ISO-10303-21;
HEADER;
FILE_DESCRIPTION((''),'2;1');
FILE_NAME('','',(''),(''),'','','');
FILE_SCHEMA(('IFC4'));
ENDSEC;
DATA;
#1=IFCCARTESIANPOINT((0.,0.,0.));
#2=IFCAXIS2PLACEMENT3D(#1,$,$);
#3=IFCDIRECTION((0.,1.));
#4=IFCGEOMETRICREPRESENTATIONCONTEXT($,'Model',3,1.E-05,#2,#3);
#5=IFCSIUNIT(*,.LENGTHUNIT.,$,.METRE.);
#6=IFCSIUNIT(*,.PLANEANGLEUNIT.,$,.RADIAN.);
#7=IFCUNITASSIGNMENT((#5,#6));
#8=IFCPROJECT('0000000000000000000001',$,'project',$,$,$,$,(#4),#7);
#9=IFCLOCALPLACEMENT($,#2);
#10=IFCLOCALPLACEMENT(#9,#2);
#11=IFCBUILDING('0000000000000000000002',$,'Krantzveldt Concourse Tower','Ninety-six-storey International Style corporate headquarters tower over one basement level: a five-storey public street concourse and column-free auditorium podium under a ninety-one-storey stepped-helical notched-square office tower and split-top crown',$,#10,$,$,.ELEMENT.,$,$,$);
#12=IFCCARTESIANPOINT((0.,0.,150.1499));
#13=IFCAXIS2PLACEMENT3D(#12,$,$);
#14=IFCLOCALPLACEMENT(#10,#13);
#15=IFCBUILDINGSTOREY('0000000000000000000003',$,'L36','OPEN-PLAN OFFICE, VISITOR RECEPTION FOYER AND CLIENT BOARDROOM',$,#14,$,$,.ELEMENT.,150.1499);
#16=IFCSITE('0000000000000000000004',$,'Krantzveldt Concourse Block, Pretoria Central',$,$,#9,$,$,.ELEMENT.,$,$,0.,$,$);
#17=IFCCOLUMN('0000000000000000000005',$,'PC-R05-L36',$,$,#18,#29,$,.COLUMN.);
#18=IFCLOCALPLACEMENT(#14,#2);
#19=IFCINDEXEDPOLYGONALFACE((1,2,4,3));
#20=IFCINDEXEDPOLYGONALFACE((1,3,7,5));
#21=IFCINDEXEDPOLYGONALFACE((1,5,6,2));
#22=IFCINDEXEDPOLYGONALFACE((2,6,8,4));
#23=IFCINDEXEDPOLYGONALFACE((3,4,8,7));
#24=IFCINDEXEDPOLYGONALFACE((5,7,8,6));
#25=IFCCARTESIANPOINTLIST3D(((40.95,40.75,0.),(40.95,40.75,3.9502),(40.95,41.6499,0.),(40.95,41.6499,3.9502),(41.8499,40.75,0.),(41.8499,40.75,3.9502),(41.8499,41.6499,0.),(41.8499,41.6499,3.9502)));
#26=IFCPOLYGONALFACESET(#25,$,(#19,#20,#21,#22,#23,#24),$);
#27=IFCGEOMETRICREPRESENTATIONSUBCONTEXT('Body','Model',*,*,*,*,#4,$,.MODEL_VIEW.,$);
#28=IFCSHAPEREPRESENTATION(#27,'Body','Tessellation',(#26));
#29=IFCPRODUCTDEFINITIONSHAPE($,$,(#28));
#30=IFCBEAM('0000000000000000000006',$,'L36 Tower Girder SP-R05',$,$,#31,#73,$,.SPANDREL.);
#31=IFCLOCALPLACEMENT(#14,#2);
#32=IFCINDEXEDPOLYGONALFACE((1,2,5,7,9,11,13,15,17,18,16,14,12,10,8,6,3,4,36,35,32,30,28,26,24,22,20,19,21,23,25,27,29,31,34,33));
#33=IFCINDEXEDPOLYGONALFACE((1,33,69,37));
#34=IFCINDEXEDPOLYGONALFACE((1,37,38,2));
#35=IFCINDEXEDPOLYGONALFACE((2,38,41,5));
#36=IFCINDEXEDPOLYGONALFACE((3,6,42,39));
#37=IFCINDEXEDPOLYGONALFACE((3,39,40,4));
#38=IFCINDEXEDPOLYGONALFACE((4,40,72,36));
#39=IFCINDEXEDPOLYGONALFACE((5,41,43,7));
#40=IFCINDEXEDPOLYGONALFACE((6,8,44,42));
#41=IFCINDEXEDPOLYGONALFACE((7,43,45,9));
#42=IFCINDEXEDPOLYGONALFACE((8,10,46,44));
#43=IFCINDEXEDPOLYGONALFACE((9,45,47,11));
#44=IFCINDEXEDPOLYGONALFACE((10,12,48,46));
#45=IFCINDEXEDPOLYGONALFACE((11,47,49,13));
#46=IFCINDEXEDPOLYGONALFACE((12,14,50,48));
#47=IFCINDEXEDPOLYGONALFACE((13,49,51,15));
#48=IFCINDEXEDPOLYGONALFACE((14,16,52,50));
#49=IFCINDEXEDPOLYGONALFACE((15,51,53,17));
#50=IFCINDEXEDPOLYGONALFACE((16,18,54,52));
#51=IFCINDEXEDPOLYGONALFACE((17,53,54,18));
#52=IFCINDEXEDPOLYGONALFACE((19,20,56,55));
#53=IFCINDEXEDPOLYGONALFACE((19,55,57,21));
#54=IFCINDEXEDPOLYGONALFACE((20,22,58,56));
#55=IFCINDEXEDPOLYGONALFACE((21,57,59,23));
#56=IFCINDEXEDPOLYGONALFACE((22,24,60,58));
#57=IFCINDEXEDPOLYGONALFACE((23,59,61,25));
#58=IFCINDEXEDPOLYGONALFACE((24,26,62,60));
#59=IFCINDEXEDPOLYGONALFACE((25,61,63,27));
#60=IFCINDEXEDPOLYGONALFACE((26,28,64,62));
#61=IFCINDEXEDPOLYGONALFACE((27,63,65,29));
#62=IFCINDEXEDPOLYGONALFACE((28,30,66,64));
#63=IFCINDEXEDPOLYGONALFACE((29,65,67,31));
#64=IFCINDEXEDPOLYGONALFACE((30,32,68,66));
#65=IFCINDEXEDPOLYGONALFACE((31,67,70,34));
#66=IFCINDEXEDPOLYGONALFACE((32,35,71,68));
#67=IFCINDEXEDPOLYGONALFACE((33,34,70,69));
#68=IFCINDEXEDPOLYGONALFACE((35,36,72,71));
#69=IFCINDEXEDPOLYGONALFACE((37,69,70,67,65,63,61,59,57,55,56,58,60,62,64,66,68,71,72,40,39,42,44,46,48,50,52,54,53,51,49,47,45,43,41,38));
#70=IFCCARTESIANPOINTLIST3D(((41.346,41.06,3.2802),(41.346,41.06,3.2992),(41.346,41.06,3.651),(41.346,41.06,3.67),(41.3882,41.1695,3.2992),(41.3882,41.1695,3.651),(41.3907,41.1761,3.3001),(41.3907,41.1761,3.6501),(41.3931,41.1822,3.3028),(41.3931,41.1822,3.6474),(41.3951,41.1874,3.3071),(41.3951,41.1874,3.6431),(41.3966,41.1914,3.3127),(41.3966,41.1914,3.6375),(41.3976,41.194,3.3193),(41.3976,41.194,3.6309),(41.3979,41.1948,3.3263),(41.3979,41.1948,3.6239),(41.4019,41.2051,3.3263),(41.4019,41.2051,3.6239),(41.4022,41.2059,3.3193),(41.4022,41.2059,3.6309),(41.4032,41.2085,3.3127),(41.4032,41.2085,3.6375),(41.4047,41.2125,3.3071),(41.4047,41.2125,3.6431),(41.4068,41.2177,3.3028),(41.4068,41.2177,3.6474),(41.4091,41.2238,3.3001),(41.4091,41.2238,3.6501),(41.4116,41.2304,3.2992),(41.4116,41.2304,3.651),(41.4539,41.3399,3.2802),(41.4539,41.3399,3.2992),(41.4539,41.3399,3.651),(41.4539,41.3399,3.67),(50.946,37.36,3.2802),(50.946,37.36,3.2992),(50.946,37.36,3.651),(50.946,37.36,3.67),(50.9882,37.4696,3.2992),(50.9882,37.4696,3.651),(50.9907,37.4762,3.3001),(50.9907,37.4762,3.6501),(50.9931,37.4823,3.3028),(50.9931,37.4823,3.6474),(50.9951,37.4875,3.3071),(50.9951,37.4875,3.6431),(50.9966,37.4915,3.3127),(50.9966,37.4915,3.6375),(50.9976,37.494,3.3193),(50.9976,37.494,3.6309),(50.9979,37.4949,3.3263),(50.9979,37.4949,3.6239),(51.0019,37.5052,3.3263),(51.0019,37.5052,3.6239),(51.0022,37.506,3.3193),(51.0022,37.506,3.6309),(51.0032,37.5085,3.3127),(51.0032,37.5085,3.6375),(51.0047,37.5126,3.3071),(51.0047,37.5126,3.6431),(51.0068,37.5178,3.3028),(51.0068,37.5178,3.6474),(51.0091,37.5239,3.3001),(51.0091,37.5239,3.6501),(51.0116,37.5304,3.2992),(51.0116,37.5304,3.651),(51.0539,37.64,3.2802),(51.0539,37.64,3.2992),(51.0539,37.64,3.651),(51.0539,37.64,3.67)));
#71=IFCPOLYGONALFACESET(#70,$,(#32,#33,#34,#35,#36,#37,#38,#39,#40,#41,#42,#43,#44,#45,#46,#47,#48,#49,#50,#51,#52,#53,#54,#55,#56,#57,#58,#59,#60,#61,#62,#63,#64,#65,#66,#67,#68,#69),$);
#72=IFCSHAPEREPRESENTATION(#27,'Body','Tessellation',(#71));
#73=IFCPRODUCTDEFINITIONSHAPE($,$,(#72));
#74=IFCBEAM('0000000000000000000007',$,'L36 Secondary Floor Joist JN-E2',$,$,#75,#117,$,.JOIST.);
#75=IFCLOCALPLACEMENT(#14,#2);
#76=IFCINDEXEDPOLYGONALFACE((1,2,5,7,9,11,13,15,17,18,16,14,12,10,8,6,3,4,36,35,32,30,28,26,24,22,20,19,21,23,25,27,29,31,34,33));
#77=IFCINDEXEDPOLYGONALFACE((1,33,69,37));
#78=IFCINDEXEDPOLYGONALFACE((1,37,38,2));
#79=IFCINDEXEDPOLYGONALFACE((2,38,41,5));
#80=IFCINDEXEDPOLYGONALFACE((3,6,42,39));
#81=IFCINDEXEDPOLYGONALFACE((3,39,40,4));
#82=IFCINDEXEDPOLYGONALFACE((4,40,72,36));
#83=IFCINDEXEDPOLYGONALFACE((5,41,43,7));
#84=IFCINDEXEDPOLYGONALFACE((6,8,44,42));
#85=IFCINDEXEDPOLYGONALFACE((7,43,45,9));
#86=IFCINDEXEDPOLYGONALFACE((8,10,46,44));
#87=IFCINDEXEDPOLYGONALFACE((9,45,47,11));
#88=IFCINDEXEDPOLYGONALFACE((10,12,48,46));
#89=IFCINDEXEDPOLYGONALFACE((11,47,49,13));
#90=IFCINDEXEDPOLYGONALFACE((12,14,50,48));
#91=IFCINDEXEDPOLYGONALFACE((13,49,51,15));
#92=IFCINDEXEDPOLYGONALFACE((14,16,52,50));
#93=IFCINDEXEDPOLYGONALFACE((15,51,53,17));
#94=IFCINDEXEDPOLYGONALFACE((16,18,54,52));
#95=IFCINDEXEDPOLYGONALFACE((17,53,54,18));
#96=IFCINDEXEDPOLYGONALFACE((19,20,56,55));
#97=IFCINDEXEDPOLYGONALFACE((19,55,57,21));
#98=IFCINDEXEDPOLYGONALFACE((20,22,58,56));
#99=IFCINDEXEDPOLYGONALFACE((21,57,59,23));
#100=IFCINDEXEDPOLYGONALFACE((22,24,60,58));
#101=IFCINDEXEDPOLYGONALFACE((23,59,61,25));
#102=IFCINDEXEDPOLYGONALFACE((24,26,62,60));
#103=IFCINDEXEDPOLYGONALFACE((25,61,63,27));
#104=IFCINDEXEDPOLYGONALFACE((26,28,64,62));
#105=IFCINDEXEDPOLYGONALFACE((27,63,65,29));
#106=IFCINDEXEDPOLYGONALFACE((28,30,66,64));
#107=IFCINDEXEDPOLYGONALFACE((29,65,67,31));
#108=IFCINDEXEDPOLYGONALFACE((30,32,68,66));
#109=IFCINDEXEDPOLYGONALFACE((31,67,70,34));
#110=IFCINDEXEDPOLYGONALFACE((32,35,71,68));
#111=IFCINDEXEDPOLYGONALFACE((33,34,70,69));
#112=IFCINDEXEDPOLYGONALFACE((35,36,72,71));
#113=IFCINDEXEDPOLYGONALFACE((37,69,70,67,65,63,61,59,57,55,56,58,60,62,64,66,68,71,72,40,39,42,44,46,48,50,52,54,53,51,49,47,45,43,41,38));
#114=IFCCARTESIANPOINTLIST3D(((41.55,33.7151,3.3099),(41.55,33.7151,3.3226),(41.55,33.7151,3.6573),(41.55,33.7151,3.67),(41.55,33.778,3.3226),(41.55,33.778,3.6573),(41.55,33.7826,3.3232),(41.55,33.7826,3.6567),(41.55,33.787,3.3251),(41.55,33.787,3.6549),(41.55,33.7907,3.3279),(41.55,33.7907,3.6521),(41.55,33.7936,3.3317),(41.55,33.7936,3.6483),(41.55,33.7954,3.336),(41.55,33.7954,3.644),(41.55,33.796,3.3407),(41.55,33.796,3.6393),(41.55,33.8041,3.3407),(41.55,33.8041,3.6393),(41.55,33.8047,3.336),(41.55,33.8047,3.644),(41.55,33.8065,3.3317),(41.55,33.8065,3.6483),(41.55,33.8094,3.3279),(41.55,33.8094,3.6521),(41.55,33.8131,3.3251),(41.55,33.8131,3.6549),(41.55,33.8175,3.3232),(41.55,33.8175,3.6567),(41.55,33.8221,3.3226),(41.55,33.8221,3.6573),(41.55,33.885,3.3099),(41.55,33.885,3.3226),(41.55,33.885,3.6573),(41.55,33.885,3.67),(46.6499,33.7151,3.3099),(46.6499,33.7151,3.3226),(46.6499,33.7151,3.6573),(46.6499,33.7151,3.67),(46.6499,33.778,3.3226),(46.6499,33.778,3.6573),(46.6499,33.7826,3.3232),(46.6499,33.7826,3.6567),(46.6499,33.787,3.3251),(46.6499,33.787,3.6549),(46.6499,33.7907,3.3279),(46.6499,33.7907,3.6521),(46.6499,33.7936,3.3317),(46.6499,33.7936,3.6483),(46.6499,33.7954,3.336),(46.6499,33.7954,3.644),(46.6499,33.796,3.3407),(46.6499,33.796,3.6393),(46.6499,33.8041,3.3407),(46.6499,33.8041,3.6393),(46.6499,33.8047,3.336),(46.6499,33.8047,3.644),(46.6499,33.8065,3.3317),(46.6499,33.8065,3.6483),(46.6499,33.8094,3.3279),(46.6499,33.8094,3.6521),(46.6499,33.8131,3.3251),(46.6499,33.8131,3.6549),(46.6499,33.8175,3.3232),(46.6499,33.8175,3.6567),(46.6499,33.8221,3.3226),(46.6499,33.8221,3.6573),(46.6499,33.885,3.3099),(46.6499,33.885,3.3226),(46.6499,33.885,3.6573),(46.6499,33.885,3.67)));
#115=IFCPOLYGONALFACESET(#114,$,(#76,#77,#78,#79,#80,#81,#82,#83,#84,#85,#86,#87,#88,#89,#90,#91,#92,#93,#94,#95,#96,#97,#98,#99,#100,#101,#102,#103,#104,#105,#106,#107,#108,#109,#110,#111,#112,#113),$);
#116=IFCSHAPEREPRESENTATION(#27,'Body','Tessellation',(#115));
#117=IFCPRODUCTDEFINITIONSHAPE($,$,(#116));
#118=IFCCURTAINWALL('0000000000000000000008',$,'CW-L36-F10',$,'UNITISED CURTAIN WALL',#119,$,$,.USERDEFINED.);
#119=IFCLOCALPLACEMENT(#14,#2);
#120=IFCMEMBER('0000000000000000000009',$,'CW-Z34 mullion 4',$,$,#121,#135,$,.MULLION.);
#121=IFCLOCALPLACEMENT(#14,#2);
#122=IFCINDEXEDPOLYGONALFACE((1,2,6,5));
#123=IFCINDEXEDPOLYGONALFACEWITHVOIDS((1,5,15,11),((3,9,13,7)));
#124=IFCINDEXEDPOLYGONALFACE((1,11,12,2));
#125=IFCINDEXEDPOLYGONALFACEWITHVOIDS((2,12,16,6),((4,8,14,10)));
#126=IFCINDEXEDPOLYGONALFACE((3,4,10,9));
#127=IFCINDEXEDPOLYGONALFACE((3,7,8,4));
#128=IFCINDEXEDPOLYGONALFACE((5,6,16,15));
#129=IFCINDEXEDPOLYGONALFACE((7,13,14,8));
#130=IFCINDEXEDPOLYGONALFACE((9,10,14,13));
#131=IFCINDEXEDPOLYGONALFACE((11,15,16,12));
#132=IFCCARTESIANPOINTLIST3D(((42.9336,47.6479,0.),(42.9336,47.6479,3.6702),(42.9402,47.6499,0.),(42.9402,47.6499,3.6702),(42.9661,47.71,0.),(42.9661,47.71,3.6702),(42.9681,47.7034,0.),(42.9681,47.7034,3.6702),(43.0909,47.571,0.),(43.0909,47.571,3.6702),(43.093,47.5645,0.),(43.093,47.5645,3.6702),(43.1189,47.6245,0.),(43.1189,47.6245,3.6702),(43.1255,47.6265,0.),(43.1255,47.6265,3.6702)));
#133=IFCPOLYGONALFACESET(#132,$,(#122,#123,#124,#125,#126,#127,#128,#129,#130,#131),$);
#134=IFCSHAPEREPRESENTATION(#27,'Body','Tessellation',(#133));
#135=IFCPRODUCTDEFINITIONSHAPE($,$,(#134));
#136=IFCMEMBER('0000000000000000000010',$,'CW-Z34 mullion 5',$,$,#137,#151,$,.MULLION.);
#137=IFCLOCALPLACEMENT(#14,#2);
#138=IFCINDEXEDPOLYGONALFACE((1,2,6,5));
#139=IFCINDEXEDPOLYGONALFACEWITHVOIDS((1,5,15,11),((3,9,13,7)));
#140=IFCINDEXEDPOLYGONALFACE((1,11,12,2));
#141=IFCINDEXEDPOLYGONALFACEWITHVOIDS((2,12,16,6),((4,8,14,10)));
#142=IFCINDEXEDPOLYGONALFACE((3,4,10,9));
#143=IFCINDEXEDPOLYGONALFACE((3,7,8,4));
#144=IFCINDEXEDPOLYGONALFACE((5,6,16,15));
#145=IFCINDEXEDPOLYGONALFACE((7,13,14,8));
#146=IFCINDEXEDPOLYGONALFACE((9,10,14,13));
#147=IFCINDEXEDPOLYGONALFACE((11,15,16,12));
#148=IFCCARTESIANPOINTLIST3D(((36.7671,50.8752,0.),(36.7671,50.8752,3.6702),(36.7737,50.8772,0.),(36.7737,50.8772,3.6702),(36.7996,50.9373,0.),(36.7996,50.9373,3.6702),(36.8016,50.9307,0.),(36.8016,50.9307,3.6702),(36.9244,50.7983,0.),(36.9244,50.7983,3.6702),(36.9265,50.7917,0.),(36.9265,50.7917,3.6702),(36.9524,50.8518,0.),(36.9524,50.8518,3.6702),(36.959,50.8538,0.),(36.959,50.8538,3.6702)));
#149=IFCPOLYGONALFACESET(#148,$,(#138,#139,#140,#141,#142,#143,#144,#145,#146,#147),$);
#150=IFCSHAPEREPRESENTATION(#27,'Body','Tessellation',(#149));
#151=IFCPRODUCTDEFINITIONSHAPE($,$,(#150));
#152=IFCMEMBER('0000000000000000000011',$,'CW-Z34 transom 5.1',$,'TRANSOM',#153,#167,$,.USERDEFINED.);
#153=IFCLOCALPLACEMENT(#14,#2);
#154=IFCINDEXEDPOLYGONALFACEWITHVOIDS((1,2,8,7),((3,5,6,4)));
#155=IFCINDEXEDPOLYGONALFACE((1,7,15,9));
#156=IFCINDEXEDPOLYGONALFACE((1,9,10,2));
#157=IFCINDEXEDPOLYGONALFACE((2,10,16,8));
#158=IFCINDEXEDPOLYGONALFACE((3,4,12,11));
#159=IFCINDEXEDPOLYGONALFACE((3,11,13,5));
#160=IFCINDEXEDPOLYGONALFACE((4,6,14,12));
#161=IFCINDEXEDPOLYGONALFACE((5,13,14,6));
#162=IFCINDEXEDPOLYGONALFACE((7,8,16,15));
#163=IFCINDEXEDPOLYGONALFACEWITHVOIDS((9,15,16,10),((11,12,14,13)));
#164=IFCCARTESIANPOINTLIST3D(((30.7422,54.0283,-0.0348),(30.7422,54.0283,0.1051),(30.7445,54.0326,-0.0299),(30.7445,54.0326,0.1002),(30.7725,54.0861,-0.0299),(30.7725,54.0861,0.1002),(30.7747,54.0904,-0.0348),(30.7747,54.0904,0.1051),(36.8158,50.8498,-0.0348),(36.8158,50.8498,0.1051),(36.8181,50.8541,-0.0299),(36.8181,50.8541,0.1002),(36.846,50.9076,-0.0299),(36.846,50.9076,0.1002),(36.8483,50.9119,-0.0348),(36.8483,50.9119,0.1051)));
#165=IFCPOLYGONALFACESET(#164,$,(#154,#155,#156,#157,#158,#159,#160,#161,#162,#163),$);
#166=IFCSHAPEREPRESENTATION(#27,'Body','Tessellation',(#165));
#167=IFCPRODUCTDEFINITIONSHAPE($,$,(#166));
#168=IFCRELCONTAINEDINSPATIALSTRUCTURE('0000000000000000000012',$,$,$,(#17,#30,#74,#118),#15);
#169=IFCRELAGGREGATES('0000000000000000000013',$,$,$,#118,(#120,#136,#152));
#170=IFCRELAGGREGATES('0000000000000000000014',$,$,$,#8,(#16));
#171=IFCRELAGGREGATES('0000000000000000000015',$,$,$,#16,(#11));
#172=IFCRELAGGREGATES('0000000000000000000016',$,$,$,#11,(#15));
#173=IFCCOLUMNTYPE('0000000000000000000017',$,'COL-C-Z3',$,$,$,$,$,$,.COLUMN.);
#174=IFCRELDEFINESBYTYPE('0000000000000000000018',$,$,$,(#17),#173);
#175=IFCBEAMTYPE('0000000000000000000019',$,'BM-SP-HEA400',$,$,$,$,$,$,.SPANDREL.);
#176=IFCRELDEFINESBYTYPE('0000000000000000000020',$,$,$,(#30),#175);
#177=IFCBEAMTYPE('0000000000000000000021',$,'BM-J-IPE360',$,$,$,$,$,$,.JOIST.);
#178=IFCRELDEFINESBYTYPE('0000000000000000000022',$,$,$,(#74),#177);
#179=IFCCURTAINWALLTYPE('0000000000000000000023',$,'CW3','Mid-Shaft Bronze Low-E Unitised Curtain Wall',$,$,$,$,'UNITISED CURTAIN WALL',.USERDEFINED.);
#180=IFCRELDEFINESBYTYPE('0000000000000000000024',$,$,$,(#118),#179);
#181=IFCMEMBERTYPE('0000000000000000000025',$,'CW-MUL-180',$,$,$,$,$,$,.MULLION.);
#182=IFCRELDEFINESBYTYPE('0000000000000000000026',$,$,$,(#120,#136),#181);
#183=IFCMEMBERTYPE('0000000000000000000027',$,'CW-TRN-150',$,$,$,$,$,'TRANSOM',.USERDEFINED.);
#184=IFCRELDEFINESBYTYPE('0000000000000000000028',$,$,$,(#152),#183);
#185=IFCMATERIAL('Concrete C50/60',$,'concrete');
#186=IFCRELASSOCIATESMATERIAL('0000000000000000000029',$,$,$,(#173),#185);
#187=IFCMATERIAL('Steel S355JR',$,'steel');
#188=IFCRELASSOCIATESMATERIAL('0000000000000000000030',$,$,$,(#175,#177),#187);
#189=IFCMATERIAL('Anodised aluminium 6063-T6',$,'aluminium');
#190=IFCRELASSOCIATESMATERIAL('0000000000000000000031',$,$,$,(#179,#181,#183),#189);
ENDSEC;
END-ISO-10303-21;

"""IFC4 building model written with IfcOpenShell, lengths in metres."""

from ifc_helpers import new_model, si_unit, direction, frame, origin, origin_2d, place, context, subcontext, project, spatial, rectangle, hollow_rectangle, i_section, extrude, source, transform, mapped, material, material_profile, profile_set, type_object, type_shapes, element, aggregate, save


model = new_model("IFC4")

# Units and contexts
model_context = context("Model", 3, precision=1e-05, world=origin(), true_north=direction((0.0, 1.0)))
body_context = subcontext(model_context, "Body", "Model", "MODEL_VIEW")
ifc_project = project(units=[si_unit("LENGTHUNIT", "METRE"), si_unit("PLANEANGLEUNIT", "RADIAN")], contexts=[model_context])

# Site, building, storey
site_placement = place(None, origin())
site = spatial("IfcSite", under=ifc_project, at=site_placement, Name="Krantzveldt Concourse Block, Pretoria Central", CompositionType="ELEMENT", RefElevation=0.0)
building_placement = place(site_placement, origin())
building = spatial("IfcBuilding", under=site, at=building_placement, Name="Krantzveldt Concourse Tower", Description="Ninety-six-storey International Style corporate headquarters tower over one basement level: a five-storey public street concourse and column-free auditorium podium under a ninety-one-storey stepped-helical notched-square office tower and split-top crown", CompositionType="ELEMENT")
storey_placement = place(building_placement, frame((0.0, 0.0, 150.1499)))
storey = spatial("IfcBuildingStorey", under=building, at=storey_placement, Name="L36", Description="OPEN-PLAN OFFICE, VISITOR RECEPTION FOYER AND CLIENT BOARDROOM", CompositionType="ELEMENT", Elevation=150.1499)

# Column
ifc_material_1 = material(Name="Concrete C50/60", Category="concrete")
ifc_material_profile_1 = material_profile(ifc_material_1, rectangle(XDim=0.8999, YDim=0.8999, at=origin_2d()), Name="Concrete C50/60", Category="concrete")
ifc_profile_set_1 = profile_set([ifc_material_profile_1], Name="Concrete C50/60 - RC 900x900")
column_type = type_object("IfcColumnType", Name="COL-C-Z3", PredefinedType="COLUMN", material=ifc_profile_set_1)
shared_shape_1 = source(origin(), body_context, "Body", "SweptSolid", [
    extrude(rectangle(XDim=0.8999, YDim=0.8999, at=origin_2d()), origin(), (0.0, 0.0, 1.0), 3.9502),
])
type_shapes(column_type, [shared_shape_1])
column_placement = place(storey_placement, frame((41.3999, 41.2, 0.0), z_axis=(0.0, 0.0, 1.0), x_axis=(1.0, 0.0, 0.0)))
element("IfcColumn", 1, at=column_placement, inside=storey, type_object=column_type, Name="PC-R05-L36", PredefinedType="COLUMN", context=body_context, shape_type="MappedRepresentation", body=[
    mapped(shared_shape_1, transform((0.0, 0.0, 0.0), x_axis=(1.0, 0.0, 0.0), y_axis=(0.0, 1.0, 0.0), z_axis=(0.0, 0.0, 1.0), scale=1.0)),
])

# Beams
ifc_material_2 = material(Name="Steel S355JR", Category="steel")
ifc_material_profile_2 = material_profile(ifc_material_2, i_section(OverallWidth=0.3, OverallDepth=0.3899, WebThickness=0.011, FlangeThickness=0.019, FilletRadius=0.0271, at=origin_2d()), Name="Steel S355JR", Category="steel")
ifc_profile_set_2 = profile_set([ifc_material_profile_2], Name="Steel S355JR - HEA 400")
beam_type_1 = type_object("IfcBeamType", Name="BM-SP-HEA400", PredefinedType="SPANDREL", material=ifc_profile_set_2)
shared_shape_2 = source(origin(), body_context, "Body", "SweptSolid", [
    extrude(i_section(OverallWidth=0.3, OverallDepth=0.3899, WebThickness=0.011, FlangeThickness=0.019, FilletRadius=0.0271, at=origin_2d()), origin(), (0.0, 0.0, 1.0), 10.2883),
])
type_shapes(beam_type_1, [shared_shape_2])
beam_1_placement = place(storey_placement, frame((41.3999, 41.2, 3.4751), z_axis=(0.933098, -0.359623, 0.0), x_axis=(0.359623, 0.933098, 0.0)))
element("IfcBeam", 2, at=beam_1_placement, inside=storey, type_object=beam_type_1, Name="L36 Tower Girder SP-R05", PredefinedType="SPANDREL", context=body_context, shape_type="MappedRepresentation", body=[
    mapped(shared_shape_2, transform((0.0, 0.0, 0.0), x_axis=(1.0, 0.0, 0.0), y_axis=(0.0, 1.0, 0.0), z_axis=(0.0, 0.0, 1.0), scale=1.0)),
])
ifc_material_profile_3 = material_profile(ifc_material_2, i_section(OverallWidth=0.1699, OverallDepth=0.3601, WebThickness=0.0081, FlangeThickness=0.0127, FilletRadius=0.0181, at=origin_2d()), Name="Steel S355JR", Category="steel")
ifc_profile_set_3 = profile_set([ifc_material_profile_3], Name="Steel S355JR - IPE 360")
beam_type_2 = type_object("IfcBeamType", Name="BM-J-IPE360", PredefinedType="JOIST", material=ifc_profile_set_3)
shared_shape_3 = source(origin(), body_context, "Body", "SweptSolid", [
    extrude(i_section(OverallWidth=0.1699, OverallDepth=0.3601, WebThickness=0.0081, FlangeThickness=0.0127, FilletRadius=0.0181, at=origin_2d()), origin(), (0.0, 0.0, 1.0), 5.0999),
])
type_shapes(beam_type_2, [shared_shape_3])
beam_2_placement = place(storey_placement, frame((41.55, 33.8, 3.49), z_axis=(1.0, 0.0, 0.0), x_axis=(0.0, 1.0, 0.0)))
element("IfcBeam", 3, at=beam_2_placement, inside=storey, type_object=beam_type_2, Name="L36 Secondary Floor Joist JN-E2", PredefinedType="JOIST", context=body_context, shape_type="MappedRepresentation", body=[
    mapped(shared_shape_3, transform((0.0, 0.0, 0.0), x_axis=(1.0, 0.0, 0.0), y_axis=(0.0, 1.0, 0.0), z_axis=(0.0, 0.0, 1.0), scale=1.0)),
])

# Curtain wall, members
ifc_material_3 = material(Name="Anodised aluminium 6063-T6", Category="aluminium")
curtain_wall_type = type_object("IfcCurtainWallType", Name="CW3", Description="Mid-Shaft Bronze Low-E Unitised Curtain Wall", ElementType="UNITISED CURTAIN WALL", PredefinedType="USERDEFINED", material=ifc_material_3)
curtain_wall_placement = place(storey_placement, origin())
curtain_wall = element("IfcCurtainWall", 4, at=curtain_wall_placement, inside=storey, type_object=curtain_wall_type, Name="CW-L36-F10", ObjectType="UNITISED CURTAIN WALL", PredefinedType="USERDEFINED")
ifc_material_profile_4 = material_profile(ifc_material_3, hollow_rectangle(XDim=0.0701, YDim=0.1799, WallThickness=0.0049, at=origin_2d()), Name="Anodised aluminium 6063-T6", Category="aluminium")
ifc_profile_set_4 = profile_set([ifc_material_profile_4], Name="Anodised aluminium 6063-T6 - ALU-MULL 180x70x5")
member_type_1 = type_object("IfcMemberType", Name="CW-MUL-180", PredefinedType="MULLION", material=ifc_profile_set_4)
shared_shape_4 = source(origin(), body_context, "Body", "SweptSolid", [
    extrude(hollow_rectangle(XDim=0.0701, YDim=0.1799, WallThickness=0.0049, at=origin_2d()), origin(), (0.0, 0.0, 1.0), 3.6702),
])
type_shapes(member_type_1, [shared_shape_4])
member_1_placement = place(storey_placement, frame((43.0295, 47.6372, 0.0), z_axis=(0.0, 0.0, 1.0), x_axis=(-0.463683, -0.886001, 0.0)))
member_1 = element("IfcMember", 5, at=member_1_placement, type_object=member_type_1, Name="CW-Z34 mullion 4", PredefinedType="MULLION", context=body_context, shape_type="MappedRepresentation", body=[
    mapped(shared_shape_4, transform((0.0, 0.0, 0.0), x_axis=(1.0, 0.0, 0.0), y_axis=(0.0, 1.0, 0.0), z_axis=(0.0, 0.0, 1.0), scale=1.0)),
])
member_2_placement = place(storey_placement, frame((36.863, 50.8645, 0.0), z_axis=(0.0, 0.0, 1.0), x_axis=(-0.463683, -0.886001, 0.0)))
member_2 = element("IfcMember", 6, at=member_2_placement, type_object=member_type_1, Name="CW-Z34 mullion 5", PredefinedType="MULLION", context=body_context, shape_type="MappedRepresentation", body=[
    mapped(shared_shape_4, transform((0.0, 0.0, 0.0), x_axis=(1.0, 0.0, 0.0), y_axis=(0.0, 1.0, 0.0), z_axis=(0.0, 0.0, 1.0), scale=1.0)),
])
ifc_material_profile_5 = material_profile(ifc_material_3, hollow_rectangle(XDim=0.0701, YDim=0.1399, WallThickness=0.0049, at=origin_2d()), Name="Anodised aluminium 6063-T6", Category="aluminium")
ifc_profile_set_5 = profile_set([ifc_material_profile_5], Name="Anodised aluminium 6063-T6 - ALU-TRAN 140x70x5")
member_type_2 = type_object("IfcMemberType", Name="CW-TRN-150", ElementType="TRANSOM", PredefinedType="USERDEFINED", material=ifc_profile_set_5)
shared_shape_5 = source(origin(), body_context, "Body", "SweptSolid", [
    extrude(hollow_rectangle(XDim=0.0701, YDim=0.1399, WallThickness=0.0049, at=origin_2d()), origin(), (0.0, 0.0, 1.0), 6.855),
])
member_3_placement = place(storey_placement, frame((36.832, 50.8809, 0.0352), z_axis=(-0.886004, 0.463677, 0.0), x_axis=(-0.463677, -0.886004, 0.0)))
member_3 = element("IfcMember", 7, at=member_3_placement, type_object=member_type_2, Name="CW-Z34 transom 5.1", ObjectType="TRANSOM", PredefinedType="USERDEFINED", context=body_context, shape_type="MappedRepresentation", body=[
    mapped(shared_shape_5, transform((0.0, 0.0, 0.0), x_axis=(1.0, 0.0, 0.0), y_axis=(0.0, 1.0, 0.0), z_axis=(0.0, 0.0, 1.0), scale=1.0)),
])
aggregate(curtain_wall, [member_1, member_2, member_3])

save(model, "model.ifc")
